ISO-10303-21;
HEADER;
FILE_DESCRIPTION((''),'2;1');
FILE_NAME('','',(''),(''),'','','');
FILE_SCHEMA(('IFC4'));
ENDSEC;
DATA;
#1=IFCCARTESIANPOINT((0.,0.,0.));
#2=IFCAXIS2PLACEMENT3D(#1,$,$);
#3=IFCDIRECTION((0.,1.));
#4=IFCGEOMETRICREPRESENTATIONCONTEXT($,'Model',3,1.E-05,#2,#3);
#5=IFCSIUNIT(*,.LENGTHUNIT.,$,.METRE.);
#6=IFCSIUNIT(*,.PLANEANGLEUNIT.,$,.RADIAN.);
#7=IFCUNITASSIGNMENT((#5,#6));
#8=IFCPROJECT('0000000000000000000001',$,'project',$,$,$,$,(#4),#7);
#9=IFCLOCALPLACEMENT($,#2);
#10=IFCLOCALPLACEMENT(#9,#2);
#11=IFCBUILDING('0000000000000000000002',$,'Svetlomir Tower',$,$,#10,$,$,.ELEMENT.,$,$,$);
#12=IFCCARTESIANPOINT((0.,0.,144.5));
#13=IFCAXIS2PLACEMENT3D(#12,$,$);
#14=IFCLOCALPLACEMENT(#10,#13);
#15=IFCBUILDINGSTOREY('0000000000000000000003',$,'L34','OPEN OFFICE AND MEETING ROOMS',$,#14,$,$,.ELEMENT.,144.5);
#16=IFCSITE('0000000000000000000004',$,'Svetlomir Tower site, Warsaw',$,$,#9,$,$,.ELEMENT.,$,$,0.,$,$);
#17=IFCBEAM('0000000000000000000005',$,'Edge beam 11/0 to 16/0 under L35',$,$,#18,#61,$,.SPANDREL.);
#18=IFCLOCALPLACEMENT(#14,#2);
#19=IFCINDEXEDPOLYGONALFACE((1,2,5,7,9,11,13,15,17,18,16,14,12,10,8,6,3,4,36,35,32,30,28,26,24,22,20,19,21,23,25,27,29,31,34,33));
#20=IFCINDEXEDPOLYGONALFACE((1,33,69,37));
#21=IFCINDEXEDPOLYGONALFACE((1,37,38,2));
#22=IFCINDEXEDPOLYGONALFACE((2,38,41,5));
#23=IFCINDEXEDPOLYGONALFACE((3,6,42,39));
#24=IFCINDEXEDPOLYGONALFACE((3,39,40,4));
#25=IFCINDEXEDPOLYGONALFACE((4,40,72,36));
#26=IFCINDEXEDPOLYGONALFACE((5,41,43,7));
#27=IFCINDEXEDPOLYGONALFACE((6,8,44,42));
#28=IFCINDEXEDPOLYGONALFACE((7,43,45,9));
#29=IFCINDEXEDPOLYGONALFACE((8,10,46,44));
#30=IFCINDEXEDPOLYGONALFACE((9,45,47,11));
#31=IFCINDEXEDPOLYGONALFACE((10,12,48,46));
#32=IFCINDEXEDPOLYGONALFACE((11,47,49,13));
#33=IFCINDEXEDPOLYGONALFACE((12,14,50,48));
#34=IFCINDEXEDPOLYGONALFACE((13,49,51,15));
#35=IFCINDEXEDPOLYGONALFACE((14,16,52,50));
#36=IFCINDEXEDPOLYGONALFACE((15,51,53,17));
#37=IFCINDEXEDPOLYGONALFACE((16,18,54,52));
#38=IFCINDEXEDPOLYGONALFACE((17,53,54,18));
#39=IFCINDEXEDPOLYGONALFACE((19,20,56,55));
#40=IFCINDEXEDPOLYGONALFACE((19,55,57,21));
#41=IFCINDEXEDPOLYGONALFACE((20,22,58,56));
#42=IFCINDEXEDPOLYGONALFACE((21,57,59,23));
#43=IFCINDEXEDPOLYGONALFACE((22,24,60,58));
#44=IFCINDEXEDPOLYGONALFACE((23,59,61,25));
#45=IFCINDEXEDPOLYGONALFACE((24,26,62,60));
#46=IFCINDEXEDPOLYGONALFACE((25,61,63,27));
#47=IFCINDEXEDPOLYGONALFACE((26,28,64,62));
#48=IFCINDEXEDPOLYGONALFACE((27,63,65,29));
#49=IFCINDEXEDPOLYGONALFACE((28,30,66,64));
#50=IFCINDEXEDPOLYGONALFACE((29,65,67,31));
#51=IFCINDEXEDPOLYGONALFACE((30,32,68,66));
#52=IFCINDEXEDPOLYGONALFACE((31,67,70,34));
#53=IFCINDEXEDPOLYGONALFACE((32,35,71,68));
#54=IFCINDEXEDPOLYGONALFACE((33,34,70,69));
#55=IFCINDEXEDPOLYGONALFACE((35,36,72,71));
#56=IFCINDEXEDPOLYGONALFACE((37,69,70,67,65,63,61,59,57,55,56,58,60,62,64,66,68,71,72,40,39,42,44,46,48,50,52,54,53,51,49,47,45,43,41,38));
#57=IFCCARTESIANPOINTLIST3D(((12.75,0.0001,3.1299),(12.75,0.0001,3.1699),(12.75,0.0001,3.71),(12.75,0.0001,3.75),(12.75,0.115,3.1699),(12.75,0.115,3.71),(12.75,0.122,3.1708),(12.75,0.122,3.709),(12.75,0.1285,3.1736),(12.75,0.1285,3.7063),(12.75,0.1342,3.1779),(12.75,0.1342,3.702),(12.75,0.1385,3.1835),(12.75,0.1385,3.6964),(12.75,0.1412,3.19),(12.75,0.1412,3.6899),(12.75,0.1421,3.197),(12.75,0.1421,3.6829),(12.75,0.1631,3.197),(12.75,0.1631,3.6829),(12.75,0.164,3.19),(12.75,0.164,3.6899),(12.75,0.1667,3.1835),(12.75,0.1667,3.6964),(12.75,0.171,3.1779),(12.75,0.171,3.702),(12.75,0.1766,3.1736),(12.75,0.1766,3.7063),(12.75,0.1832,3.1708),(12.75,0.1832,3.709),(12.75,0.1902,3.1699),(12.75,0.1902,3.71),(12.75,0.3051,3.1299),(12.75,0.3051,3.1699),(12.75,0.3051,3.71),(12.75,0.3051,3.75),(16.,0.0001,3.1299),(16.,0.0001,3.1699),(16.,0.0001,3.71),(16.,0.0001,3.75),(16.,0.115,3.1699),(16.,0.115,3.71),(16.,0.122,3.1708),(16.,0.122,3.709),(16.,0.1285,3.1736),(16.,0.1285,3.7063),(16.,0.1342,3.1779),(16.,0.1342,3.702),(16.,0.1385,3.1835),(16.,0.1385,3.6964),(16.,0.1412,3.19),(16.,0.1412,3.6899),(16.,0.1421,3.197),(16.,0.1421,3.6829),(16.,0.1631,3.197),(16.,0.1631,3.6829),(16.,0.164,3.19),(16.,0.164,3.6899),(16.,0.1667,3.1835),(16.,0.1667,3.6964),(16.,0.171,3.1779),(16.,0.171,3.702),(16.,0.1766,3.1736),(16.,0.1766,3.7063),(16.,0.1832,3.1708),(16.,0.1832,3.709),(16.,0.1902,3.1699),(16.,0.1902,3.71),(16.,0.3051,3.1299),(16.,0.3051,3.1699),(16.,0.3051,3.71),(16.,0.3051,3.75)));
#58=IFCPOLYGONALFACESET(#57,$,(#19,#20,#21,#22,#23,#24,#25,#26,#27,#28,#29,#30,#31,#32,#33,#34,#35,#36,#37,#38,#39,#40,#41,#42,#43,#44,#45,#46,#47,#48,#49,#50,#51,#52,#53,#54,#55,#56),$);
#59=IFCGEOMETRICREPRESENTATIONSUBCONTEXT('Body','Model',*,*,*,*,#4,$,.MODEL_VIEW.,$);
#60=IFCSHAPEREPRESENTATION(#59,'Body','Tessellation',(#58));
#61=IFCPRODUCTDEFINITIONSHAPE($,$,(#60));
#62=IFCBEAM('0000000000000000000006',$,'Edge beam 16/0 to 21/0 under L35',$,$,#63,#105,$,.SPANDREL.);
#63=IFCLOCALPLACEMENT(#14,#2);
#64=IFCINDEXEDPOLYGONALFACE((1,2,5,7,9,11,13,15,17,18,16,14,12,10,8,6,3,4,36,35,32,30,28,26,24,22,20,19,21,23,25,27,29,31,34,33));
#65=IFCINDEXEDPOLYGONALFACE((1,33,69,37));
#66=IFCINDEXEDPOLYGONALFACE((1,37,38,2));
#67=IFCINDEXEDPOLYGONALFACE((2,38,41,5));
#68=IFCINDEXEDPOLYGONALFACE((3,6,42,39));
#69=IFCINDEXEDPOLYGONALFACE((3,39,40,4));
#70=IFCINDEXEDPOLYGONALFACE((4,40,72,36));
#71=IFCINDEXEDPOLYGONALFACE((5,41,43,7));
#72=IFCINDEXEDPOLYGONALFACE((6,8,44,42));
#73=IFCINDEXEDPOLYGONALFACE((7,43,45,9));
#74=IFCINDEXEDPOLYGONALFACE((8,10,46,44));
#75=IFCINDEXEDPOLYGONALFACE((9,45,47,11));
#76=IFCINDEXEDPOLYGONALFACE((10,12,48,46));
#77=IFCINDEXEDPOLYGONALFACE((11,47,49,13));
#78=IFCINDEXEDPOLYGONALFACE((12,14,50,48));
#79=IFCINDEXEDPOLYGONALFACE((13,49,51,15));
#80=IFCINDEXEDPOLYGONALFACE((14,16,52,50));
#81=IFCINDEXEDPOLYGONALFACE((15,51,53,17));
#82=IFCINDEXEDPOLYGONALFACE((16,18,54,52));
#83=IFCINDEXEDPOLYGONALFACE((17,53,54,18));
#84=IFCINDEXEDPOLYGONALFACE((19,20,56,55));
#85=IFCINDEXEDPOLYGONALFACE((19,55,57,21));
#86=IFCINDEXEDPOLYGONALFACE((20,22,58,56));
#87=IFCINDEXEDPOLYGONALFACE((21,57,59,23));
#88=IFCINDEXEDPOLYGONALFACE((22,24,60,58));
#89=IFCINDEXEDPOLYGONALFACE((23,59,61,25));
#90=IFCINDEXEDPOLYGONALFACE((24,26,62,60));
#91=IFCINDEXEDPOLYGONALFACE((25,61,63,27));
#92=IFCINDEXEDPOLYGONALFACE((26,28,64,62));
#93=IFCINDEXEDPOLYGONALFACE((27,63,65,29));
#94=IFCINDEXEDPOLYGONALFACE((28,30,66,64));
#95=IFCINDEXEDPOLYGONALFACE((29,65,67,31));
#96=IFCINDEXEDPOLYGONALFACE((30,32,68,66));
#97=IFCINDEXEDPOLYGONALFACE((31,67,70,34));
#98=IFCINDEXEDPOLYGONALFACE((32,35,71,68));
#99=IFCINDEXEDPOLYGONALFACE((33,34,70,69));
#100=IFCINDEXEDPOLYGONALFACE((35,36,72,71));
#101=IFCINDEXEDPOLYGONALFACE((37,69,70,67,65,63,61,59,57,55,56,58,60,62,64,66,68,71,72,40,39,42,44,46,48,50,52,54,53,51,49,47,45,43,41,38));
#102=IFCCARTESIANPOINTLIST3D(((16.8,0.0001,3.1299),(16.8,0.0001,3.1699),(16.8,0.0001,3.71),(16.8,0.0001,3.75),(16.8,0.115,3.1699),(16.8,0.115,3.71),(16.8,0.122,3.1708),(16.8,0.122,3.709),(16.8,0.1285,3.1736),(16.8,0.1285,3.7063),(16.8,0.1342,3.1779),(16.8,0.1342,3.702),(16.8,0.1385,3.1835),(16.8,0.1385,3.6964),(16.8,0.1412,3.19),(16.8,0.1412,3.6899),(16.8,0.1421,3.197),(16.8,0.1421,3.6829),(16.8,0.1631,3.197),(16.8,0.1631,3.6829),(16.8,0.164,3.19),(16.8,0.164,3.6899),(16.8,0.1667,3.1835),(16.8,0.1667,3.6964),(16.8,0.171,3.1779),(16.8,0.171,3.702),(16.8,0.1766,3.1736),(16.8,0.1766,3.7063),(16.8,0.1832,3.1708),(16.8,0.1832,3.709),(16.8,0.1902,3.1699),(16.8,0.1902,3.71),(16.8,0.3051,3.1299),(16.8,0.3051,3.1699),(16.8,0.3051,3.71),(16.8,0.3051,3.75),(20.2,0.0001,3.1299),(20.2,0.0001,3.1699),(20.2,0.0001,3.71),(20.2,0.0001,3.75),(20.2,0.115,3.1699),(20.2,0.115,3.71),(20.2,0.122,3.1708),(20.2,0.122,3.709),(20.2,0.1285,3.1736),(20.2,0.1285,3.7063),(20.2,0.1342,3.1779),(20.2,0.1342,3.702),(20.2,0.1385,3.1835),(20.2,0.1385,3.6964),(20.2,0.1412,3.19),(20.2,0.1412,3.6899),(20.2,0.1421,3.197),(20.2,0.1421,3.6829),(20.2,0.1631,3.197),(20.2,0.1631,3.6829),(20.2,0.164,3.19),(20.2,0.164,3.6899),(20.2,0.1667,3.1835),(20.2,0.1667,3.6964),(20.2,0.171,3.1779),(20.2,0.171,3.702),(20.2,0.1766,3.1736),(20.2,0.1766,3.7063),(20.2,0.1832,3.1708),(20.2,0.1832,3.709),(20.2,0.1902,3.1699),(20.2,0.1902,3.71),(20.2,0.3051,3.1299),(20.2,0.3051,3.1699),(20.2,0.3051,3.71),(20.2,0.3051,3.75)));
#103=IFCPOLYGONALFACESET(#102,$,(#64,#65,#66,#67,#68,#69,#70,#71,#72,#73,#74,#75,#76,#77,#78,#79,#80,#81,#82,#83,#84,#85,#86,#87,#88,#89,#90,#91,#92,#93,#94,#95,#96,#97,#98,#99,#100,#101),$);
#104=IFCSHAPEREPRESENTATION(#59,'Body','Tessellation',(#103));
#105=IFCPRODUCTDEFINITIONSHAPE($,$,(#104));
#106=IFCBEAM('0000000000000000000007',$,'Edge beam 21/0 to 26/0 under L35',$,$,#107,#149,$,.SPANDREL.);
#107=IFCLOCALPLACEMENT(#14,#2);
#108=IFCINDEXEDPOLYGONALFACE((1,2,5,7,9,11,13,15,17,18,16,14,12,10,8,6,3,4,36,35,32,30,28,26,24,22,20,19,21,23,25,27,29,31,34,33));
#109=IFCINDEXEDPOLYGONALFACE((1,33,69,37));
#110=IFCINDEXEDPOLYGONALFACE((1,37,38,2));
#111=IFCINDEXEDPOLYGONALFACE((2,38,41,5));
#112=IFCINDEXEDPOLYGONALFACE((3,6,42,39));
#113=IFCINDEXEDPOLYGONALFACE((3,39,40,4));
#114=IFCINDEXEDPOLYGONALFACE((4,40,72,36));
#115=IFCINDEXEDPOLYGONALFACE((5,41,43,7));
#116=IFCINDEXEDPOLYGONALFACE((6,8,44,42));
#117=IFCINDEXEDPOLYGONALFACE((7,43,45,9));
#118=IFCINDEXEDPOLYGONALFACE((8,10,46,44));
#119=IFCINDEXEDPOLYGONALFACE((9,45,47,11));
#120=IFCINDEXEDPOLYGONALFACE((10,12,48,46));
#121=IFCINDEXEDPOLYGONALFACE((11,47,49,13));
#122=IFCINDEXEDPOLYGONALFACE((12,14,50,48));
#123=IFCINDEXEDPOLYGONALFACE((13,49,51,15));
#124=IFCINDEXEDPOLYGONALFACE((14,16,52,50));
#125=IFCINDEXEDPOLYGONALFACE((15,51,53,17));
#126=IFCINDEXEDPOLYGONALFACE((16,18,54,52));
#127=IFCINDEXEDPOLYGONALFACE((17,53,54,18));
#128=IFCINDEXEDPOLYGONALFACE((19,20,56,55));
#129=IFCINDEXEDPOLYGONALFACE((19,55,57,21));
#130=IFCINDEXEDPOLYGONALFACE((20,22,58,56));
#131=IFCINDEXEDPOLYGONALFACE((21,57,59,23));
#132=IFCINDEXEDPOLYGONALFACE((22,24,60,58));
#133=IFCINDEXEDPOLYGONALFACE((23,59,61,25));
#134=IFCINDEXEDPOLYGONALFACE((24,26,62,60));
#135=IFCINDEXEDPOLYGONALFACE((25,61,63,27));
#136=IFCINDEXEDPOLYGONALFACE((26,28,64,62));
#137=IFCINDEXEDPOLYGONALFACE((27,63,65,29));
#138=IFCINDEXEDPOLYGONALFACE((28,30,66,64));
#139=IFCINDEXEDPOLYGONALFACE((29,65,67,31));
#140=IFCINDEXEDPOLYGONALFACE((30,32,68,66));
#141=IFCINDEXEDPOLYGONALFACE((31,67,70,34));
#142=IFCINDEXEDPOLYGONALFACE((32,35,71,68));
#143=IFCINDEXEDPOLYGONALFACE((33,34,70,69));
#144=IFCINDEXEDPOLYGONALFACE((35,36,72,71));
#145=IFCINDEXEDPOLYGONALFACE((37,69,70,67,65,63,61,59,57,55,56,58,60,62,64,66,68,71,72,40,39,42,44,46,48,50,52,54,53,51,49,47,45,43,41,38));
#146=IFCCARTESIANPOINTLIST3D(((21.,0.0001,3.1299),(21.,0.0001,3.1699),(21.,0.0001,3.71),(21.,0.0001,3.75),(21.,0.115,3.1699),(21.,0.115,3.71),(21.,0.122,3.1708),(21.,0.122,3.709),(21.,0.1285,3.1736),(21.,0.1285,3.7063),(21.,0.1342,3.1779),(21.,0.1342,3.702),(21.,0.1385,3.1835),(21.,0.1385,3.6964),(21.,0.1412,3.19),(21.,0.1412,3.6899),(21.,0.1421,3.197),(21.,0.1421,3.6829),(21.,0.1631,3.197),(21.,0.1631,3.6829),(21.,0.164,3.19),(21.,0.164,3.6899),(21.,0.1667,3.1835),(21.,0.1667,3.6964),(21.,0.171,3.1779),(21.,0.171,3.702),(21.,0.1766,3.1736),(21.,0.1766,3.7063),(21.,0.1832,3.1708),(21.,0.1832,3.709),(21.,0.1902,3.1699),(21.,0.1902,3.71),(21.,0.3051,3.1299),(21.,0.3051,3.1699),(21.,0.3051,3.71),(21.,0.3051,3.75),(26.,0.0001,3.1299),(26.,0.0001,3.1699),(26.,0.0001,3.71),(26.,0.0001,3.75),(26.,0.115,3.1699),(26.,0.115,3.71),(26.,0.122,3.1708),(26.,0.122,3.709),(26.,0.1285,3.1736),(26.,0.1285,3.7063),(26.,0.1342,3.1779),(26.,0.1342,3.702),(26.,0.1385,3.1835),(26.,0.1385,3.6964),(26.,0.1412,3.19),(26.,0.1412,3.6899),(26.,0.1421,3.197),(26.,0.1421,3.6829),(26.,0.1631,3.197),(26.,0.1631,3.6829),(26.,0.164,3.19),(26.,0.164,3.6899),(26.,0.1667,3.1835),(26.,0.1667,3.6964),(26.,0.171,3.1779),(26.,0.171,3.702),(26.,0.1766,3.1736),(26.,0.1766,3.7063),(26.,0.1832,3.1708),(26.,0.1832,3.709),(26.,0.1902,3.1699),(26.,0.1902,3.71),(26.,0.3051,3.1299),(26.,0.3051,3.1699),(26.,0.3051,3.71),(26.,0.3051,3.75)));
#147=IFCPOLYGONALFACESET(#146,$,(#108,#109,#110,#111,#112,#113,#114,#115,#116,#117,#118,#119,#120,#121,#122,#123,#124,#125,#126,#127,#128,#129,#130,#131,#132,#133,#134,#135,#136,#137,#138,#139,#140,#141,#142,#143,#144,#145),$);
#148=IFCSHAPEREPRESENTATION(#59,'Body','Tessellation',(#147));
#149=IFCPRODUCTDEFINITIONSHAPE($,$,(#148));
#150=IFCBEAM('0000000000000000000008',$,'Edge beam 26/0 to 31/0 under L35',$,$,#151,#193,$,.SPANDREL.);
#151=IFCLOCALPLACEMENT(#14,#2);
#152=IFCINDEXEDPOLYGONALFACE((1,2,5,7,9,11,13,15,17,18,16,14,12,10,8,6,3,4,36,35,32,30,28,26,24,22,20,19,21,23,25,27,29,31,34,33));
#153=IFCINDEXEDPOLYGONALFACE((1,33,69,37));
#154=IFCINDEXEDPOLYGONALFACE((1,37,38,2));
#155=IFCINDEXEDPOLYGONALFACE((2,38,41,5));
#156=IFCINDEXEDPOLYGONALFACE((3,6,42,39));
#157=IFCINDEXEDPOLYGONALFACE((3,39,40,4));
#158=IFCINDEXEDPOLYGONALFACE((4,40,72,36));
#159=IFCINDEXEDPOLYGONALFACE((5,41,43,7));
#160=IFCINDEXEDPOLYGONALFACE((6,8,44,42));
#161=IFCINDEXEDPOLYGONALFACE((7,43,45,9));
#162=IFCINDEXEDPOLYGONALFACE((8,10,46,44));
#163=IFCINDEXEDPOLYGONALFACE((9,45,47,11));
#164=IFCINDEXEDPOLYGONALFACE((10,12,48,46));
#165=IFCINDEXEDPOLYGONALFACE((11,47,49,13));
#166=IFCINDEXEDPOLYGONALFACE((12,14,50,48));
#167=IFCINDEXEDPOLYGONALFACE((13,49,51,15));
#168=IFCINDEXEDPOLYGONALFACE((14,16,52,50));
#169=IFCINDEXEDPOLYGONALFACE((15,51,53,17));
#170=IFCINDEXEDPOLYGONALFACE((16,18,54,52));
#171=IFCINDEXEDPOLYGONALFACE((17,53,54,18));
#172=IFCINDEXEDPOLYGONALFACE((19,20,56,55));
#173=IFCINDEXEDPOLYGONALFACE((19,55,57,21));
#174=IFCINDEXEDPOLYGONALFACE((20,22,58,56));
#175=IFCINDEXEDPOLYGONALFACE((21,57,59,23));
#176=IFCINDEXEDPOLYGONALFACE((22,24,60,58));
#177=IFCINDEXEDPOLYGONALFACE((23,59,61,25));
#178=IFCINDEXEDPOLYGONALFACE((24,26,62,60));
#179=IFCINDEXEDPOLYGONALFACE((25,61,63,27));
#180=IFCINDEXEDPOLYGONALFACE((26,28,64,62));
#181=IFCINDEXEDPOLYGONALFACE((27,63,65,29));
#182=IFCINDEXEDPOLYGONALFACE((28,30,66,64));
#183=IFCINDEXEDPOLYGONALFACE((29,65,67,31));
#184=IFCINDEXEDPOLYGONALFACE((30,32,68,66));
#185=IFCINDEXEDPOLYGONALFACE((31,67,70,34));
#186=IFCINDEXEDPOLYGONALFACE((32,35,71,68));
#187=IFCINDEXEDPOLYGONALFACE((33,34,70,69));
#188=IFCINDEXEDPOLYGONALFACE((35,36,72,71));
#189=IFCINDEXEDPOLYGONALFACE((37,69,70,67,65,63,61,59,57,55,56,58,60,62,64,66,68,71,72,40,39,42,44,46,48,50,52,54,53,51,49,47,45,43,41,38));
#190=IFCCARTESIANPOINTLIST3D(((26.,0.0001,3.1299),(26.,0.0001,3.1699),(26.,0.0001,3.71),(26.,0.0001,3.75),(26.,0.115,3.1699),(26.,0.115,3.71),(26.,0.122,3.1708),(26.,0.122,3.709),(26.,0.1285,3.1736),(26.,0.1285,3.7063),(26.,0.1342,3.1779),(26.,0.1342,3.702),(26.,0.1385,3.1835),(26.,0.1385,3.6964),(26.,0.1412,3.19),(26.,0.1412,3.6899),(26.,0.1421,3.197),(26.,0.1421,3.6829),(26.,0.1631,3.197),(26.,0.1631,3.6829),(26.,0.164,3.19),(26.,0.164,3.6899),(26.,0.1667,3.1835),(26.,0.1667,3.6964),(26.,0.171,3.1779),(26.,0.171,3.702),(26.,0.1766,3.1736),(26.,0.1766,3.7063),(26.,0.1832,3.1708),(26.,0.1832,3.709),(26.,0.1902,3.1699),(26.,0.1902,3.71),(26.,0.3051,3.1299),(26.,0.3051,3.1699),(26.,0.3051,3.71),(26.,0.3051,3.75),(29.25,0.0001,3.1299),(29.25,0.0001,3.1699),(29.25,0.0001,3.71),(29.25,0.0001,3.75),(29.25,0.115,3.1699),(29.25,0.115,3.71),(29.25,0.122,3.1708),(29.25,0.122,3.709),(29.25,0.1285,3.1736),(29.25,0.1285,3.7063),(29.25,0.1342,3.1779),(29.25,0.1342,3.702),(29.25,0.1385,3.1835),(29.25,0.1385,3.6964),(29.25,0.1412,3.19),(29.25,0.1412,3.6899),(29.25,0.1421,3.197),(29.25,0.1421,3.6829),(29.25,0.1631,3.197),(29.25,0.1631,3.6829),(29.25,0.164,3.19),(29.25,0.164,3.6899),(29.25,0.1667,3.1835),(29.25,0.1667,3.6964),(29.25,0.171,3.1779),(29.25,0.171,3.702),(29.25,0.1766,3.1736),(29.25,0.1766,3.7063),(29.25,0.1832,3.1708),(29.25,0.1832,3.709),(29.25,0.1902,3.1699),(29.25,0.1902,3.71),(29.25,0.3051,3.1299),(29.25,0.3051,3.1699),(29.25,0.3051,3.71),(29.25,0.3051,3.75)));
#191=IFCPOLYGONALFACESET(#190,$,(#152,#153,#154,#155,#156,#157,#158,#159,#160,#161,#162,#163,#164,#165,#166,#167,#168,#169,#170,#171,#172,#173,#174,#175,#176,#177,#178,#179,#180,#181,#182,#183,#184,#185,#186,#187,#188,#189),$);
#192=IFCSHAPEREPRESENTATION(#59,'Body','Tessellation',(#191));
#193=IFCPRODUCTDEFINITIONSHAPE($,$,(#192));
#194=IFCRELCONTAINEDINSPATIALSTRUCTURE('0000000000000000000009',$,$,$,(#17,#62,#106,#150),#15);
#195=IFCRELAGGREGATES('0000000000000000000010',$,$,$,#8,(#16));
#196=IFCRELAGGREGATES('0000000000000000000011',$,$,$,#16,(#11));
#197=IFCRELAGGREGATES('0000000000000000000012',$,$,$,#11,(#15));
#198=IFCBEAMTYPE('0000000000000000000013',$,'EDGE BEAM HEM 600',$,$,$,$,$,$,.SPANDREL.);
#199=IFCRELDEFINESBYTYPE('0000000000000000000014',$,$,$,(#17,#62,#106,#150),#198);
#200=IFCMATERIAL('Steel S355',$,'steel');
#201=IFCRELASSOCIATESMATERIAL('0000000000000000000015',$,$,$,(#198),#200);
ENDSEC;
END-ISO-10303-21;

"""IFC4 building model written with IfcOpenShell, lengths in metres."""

from ifc_helpers import new_model, si_unit, direction, frame, origin, origin_2d, place, context, subcontext, project, spatial, i_section, extrude, material, material_profile, profile_set, type_object, element, save


model = new_model("IFC4")

# Units and contexts
model_context = context("Model", 3, precision=1e-05, world=origin(), true_north=direction((0.0, 1.0)))
body_context = subcontext(model_context, "Body", "Model", "MODEL_VIEW")
ifc_project = project(units=[si_unit("LENGTHUNIT", "METRE"), si_unit("PLANEANGLEUNIT", "RADIAN")], contexts=[model_context])

# Site, building, storey
site_placement = place(None, origin())
site = spatial("IfcSite", under=ifc_project, at=site_placement, Name="Svetlomir Tower site, Warsaw", CompositionType="ELEMENT", RefElevation=0.0)
building_placement = place(site_placement, origin())
building = spatial("IfcBuilding", under=site, at=building_placement, Name="Svetlomir Tower", CompositionType="ELEMENT")
storey_placement = place(building_placement, frame((0.0, 0.0, 144.5)))
storey = spatial("IfcBuildingStorey", under=building, at=storey_placement, Name="L34", Description="OPEN OFFICE AND MEETING ROOMS", CompositionType="ELEMENT", Elevation=144.5)

# Beams
ifc_material_1 = material(Name="Steel S355", Category="steel")
ifc_material_profile_1 = material_profile(ifc_material_1, i_section(OverallWidth=0.3049, OverallDepth=0.6201, WebThickness=0.021, FlangeThickness=0.04, FilletRadius=0.0271, at=origin_2d()), Name="HEM 600")
ifc_profile_set_1 = profile_set([ifc_material_profile_1], Name="Steel S355")
beam_type_1 = type_object("IfcBeamType", Name="EDGE BEAM HEM 600", PredefinedType="SPANDREL", material=ifc_profile_set_1)
beam_1_placement = place(storey_placement, frame((12.75, 0.1526, 3.4399), z_axis=(1.0, 0.0, 0.0), x_axis=(0.0, 1.0, 0.0)))
element("IfcBeam", 1, at=beam_1_placement, inside=storey, type_object=beam_type_1, Name="Edge beam 11/0 to 16/0 under L35", PredefinedType="SPANDREL", context=body_context, shape_type="SweptSolid", body=[
    extrude(i_section(OverallWidth=0.3049, OverallDepth=0.6201, WebThickness=0.021, FlangeThickness=0.04, FilletRadius=0.0271, at=origin_2d()), origin(), (0.0, 0.0, 1.0), 3.25),
])
beam_2_placement = place(storey_placement, frame((16.8, 0.1526, 3.4399), z_axis=(1.0, 0.0, 0.0), x_axis=(0.0, 1.0, 0.0)))
element("IfcBeam", 2, at=beam_2_placement, inside=storey, type_object=beam_type_1, Name="Edge beam 16/0 to 21/0 under L35", PredefinedType="SPANDREL", context=body_context, shape_type="SweptSolid", body=[
    extrude(i_section(OverallWidth=0.3049, OverallDepth=0.6201, WebThickness=0.021, FlangeThickness=0.04, FilletRadius=0.0271, at=origin_2d()), origin(), (0.0, 0.0, 1.0), 3.3999),
])
beam_3_placement = place(storey_placement, frame((21.0, 0.1526, 3.4399), z_axis=(1.0, 0.0, 0.0), x_axis=(0.0, 1.0, 0.0)))
element("IfcBeam", 3, at=beam_3_placement, inside=storey, type_object=beam_type_1, Name="Edge beam 21/0 to 26/0 under L35", PredefinedType="SPANDREL", context=body_context, shape_type="SweptSolid", body=[
    extrude(i_section(OverallWidth=0.3049, OverallDepth=0.6201, WebThickness=0.021, FlangeThickness=0.04, FilletRadius=0.0271, at=origin_2d()), origin(), (0.0, 0.0, 1.0), 5.0),
])
beam_4_placement = place(storey_placement, frame((26.0, 0.1526, 3.4399), z_axis=(1.0, 0.0, 0.0), x_axis=(0.0, 1.0, 0.0)))
element("IfcBeam", 4, at=beam_4_placement, inside=storey, type_object=beam_type_1, Name="Edge beam 26/0 to 31/0 under L35", PredefinedType="SPANDREL", context=body_context, shape_type="SweptSolid", body=[
    extrude(i_section(OverallWidth=0.3049, OverallDepth=0.6201, WebThickness=0.021, FlangeThickness=0.04, FilletRadius=0.0271, at=origin_2d()), origin(), (0.0, 0.0, 1.0), 3.25),
])

save(model, "model.ifc")
